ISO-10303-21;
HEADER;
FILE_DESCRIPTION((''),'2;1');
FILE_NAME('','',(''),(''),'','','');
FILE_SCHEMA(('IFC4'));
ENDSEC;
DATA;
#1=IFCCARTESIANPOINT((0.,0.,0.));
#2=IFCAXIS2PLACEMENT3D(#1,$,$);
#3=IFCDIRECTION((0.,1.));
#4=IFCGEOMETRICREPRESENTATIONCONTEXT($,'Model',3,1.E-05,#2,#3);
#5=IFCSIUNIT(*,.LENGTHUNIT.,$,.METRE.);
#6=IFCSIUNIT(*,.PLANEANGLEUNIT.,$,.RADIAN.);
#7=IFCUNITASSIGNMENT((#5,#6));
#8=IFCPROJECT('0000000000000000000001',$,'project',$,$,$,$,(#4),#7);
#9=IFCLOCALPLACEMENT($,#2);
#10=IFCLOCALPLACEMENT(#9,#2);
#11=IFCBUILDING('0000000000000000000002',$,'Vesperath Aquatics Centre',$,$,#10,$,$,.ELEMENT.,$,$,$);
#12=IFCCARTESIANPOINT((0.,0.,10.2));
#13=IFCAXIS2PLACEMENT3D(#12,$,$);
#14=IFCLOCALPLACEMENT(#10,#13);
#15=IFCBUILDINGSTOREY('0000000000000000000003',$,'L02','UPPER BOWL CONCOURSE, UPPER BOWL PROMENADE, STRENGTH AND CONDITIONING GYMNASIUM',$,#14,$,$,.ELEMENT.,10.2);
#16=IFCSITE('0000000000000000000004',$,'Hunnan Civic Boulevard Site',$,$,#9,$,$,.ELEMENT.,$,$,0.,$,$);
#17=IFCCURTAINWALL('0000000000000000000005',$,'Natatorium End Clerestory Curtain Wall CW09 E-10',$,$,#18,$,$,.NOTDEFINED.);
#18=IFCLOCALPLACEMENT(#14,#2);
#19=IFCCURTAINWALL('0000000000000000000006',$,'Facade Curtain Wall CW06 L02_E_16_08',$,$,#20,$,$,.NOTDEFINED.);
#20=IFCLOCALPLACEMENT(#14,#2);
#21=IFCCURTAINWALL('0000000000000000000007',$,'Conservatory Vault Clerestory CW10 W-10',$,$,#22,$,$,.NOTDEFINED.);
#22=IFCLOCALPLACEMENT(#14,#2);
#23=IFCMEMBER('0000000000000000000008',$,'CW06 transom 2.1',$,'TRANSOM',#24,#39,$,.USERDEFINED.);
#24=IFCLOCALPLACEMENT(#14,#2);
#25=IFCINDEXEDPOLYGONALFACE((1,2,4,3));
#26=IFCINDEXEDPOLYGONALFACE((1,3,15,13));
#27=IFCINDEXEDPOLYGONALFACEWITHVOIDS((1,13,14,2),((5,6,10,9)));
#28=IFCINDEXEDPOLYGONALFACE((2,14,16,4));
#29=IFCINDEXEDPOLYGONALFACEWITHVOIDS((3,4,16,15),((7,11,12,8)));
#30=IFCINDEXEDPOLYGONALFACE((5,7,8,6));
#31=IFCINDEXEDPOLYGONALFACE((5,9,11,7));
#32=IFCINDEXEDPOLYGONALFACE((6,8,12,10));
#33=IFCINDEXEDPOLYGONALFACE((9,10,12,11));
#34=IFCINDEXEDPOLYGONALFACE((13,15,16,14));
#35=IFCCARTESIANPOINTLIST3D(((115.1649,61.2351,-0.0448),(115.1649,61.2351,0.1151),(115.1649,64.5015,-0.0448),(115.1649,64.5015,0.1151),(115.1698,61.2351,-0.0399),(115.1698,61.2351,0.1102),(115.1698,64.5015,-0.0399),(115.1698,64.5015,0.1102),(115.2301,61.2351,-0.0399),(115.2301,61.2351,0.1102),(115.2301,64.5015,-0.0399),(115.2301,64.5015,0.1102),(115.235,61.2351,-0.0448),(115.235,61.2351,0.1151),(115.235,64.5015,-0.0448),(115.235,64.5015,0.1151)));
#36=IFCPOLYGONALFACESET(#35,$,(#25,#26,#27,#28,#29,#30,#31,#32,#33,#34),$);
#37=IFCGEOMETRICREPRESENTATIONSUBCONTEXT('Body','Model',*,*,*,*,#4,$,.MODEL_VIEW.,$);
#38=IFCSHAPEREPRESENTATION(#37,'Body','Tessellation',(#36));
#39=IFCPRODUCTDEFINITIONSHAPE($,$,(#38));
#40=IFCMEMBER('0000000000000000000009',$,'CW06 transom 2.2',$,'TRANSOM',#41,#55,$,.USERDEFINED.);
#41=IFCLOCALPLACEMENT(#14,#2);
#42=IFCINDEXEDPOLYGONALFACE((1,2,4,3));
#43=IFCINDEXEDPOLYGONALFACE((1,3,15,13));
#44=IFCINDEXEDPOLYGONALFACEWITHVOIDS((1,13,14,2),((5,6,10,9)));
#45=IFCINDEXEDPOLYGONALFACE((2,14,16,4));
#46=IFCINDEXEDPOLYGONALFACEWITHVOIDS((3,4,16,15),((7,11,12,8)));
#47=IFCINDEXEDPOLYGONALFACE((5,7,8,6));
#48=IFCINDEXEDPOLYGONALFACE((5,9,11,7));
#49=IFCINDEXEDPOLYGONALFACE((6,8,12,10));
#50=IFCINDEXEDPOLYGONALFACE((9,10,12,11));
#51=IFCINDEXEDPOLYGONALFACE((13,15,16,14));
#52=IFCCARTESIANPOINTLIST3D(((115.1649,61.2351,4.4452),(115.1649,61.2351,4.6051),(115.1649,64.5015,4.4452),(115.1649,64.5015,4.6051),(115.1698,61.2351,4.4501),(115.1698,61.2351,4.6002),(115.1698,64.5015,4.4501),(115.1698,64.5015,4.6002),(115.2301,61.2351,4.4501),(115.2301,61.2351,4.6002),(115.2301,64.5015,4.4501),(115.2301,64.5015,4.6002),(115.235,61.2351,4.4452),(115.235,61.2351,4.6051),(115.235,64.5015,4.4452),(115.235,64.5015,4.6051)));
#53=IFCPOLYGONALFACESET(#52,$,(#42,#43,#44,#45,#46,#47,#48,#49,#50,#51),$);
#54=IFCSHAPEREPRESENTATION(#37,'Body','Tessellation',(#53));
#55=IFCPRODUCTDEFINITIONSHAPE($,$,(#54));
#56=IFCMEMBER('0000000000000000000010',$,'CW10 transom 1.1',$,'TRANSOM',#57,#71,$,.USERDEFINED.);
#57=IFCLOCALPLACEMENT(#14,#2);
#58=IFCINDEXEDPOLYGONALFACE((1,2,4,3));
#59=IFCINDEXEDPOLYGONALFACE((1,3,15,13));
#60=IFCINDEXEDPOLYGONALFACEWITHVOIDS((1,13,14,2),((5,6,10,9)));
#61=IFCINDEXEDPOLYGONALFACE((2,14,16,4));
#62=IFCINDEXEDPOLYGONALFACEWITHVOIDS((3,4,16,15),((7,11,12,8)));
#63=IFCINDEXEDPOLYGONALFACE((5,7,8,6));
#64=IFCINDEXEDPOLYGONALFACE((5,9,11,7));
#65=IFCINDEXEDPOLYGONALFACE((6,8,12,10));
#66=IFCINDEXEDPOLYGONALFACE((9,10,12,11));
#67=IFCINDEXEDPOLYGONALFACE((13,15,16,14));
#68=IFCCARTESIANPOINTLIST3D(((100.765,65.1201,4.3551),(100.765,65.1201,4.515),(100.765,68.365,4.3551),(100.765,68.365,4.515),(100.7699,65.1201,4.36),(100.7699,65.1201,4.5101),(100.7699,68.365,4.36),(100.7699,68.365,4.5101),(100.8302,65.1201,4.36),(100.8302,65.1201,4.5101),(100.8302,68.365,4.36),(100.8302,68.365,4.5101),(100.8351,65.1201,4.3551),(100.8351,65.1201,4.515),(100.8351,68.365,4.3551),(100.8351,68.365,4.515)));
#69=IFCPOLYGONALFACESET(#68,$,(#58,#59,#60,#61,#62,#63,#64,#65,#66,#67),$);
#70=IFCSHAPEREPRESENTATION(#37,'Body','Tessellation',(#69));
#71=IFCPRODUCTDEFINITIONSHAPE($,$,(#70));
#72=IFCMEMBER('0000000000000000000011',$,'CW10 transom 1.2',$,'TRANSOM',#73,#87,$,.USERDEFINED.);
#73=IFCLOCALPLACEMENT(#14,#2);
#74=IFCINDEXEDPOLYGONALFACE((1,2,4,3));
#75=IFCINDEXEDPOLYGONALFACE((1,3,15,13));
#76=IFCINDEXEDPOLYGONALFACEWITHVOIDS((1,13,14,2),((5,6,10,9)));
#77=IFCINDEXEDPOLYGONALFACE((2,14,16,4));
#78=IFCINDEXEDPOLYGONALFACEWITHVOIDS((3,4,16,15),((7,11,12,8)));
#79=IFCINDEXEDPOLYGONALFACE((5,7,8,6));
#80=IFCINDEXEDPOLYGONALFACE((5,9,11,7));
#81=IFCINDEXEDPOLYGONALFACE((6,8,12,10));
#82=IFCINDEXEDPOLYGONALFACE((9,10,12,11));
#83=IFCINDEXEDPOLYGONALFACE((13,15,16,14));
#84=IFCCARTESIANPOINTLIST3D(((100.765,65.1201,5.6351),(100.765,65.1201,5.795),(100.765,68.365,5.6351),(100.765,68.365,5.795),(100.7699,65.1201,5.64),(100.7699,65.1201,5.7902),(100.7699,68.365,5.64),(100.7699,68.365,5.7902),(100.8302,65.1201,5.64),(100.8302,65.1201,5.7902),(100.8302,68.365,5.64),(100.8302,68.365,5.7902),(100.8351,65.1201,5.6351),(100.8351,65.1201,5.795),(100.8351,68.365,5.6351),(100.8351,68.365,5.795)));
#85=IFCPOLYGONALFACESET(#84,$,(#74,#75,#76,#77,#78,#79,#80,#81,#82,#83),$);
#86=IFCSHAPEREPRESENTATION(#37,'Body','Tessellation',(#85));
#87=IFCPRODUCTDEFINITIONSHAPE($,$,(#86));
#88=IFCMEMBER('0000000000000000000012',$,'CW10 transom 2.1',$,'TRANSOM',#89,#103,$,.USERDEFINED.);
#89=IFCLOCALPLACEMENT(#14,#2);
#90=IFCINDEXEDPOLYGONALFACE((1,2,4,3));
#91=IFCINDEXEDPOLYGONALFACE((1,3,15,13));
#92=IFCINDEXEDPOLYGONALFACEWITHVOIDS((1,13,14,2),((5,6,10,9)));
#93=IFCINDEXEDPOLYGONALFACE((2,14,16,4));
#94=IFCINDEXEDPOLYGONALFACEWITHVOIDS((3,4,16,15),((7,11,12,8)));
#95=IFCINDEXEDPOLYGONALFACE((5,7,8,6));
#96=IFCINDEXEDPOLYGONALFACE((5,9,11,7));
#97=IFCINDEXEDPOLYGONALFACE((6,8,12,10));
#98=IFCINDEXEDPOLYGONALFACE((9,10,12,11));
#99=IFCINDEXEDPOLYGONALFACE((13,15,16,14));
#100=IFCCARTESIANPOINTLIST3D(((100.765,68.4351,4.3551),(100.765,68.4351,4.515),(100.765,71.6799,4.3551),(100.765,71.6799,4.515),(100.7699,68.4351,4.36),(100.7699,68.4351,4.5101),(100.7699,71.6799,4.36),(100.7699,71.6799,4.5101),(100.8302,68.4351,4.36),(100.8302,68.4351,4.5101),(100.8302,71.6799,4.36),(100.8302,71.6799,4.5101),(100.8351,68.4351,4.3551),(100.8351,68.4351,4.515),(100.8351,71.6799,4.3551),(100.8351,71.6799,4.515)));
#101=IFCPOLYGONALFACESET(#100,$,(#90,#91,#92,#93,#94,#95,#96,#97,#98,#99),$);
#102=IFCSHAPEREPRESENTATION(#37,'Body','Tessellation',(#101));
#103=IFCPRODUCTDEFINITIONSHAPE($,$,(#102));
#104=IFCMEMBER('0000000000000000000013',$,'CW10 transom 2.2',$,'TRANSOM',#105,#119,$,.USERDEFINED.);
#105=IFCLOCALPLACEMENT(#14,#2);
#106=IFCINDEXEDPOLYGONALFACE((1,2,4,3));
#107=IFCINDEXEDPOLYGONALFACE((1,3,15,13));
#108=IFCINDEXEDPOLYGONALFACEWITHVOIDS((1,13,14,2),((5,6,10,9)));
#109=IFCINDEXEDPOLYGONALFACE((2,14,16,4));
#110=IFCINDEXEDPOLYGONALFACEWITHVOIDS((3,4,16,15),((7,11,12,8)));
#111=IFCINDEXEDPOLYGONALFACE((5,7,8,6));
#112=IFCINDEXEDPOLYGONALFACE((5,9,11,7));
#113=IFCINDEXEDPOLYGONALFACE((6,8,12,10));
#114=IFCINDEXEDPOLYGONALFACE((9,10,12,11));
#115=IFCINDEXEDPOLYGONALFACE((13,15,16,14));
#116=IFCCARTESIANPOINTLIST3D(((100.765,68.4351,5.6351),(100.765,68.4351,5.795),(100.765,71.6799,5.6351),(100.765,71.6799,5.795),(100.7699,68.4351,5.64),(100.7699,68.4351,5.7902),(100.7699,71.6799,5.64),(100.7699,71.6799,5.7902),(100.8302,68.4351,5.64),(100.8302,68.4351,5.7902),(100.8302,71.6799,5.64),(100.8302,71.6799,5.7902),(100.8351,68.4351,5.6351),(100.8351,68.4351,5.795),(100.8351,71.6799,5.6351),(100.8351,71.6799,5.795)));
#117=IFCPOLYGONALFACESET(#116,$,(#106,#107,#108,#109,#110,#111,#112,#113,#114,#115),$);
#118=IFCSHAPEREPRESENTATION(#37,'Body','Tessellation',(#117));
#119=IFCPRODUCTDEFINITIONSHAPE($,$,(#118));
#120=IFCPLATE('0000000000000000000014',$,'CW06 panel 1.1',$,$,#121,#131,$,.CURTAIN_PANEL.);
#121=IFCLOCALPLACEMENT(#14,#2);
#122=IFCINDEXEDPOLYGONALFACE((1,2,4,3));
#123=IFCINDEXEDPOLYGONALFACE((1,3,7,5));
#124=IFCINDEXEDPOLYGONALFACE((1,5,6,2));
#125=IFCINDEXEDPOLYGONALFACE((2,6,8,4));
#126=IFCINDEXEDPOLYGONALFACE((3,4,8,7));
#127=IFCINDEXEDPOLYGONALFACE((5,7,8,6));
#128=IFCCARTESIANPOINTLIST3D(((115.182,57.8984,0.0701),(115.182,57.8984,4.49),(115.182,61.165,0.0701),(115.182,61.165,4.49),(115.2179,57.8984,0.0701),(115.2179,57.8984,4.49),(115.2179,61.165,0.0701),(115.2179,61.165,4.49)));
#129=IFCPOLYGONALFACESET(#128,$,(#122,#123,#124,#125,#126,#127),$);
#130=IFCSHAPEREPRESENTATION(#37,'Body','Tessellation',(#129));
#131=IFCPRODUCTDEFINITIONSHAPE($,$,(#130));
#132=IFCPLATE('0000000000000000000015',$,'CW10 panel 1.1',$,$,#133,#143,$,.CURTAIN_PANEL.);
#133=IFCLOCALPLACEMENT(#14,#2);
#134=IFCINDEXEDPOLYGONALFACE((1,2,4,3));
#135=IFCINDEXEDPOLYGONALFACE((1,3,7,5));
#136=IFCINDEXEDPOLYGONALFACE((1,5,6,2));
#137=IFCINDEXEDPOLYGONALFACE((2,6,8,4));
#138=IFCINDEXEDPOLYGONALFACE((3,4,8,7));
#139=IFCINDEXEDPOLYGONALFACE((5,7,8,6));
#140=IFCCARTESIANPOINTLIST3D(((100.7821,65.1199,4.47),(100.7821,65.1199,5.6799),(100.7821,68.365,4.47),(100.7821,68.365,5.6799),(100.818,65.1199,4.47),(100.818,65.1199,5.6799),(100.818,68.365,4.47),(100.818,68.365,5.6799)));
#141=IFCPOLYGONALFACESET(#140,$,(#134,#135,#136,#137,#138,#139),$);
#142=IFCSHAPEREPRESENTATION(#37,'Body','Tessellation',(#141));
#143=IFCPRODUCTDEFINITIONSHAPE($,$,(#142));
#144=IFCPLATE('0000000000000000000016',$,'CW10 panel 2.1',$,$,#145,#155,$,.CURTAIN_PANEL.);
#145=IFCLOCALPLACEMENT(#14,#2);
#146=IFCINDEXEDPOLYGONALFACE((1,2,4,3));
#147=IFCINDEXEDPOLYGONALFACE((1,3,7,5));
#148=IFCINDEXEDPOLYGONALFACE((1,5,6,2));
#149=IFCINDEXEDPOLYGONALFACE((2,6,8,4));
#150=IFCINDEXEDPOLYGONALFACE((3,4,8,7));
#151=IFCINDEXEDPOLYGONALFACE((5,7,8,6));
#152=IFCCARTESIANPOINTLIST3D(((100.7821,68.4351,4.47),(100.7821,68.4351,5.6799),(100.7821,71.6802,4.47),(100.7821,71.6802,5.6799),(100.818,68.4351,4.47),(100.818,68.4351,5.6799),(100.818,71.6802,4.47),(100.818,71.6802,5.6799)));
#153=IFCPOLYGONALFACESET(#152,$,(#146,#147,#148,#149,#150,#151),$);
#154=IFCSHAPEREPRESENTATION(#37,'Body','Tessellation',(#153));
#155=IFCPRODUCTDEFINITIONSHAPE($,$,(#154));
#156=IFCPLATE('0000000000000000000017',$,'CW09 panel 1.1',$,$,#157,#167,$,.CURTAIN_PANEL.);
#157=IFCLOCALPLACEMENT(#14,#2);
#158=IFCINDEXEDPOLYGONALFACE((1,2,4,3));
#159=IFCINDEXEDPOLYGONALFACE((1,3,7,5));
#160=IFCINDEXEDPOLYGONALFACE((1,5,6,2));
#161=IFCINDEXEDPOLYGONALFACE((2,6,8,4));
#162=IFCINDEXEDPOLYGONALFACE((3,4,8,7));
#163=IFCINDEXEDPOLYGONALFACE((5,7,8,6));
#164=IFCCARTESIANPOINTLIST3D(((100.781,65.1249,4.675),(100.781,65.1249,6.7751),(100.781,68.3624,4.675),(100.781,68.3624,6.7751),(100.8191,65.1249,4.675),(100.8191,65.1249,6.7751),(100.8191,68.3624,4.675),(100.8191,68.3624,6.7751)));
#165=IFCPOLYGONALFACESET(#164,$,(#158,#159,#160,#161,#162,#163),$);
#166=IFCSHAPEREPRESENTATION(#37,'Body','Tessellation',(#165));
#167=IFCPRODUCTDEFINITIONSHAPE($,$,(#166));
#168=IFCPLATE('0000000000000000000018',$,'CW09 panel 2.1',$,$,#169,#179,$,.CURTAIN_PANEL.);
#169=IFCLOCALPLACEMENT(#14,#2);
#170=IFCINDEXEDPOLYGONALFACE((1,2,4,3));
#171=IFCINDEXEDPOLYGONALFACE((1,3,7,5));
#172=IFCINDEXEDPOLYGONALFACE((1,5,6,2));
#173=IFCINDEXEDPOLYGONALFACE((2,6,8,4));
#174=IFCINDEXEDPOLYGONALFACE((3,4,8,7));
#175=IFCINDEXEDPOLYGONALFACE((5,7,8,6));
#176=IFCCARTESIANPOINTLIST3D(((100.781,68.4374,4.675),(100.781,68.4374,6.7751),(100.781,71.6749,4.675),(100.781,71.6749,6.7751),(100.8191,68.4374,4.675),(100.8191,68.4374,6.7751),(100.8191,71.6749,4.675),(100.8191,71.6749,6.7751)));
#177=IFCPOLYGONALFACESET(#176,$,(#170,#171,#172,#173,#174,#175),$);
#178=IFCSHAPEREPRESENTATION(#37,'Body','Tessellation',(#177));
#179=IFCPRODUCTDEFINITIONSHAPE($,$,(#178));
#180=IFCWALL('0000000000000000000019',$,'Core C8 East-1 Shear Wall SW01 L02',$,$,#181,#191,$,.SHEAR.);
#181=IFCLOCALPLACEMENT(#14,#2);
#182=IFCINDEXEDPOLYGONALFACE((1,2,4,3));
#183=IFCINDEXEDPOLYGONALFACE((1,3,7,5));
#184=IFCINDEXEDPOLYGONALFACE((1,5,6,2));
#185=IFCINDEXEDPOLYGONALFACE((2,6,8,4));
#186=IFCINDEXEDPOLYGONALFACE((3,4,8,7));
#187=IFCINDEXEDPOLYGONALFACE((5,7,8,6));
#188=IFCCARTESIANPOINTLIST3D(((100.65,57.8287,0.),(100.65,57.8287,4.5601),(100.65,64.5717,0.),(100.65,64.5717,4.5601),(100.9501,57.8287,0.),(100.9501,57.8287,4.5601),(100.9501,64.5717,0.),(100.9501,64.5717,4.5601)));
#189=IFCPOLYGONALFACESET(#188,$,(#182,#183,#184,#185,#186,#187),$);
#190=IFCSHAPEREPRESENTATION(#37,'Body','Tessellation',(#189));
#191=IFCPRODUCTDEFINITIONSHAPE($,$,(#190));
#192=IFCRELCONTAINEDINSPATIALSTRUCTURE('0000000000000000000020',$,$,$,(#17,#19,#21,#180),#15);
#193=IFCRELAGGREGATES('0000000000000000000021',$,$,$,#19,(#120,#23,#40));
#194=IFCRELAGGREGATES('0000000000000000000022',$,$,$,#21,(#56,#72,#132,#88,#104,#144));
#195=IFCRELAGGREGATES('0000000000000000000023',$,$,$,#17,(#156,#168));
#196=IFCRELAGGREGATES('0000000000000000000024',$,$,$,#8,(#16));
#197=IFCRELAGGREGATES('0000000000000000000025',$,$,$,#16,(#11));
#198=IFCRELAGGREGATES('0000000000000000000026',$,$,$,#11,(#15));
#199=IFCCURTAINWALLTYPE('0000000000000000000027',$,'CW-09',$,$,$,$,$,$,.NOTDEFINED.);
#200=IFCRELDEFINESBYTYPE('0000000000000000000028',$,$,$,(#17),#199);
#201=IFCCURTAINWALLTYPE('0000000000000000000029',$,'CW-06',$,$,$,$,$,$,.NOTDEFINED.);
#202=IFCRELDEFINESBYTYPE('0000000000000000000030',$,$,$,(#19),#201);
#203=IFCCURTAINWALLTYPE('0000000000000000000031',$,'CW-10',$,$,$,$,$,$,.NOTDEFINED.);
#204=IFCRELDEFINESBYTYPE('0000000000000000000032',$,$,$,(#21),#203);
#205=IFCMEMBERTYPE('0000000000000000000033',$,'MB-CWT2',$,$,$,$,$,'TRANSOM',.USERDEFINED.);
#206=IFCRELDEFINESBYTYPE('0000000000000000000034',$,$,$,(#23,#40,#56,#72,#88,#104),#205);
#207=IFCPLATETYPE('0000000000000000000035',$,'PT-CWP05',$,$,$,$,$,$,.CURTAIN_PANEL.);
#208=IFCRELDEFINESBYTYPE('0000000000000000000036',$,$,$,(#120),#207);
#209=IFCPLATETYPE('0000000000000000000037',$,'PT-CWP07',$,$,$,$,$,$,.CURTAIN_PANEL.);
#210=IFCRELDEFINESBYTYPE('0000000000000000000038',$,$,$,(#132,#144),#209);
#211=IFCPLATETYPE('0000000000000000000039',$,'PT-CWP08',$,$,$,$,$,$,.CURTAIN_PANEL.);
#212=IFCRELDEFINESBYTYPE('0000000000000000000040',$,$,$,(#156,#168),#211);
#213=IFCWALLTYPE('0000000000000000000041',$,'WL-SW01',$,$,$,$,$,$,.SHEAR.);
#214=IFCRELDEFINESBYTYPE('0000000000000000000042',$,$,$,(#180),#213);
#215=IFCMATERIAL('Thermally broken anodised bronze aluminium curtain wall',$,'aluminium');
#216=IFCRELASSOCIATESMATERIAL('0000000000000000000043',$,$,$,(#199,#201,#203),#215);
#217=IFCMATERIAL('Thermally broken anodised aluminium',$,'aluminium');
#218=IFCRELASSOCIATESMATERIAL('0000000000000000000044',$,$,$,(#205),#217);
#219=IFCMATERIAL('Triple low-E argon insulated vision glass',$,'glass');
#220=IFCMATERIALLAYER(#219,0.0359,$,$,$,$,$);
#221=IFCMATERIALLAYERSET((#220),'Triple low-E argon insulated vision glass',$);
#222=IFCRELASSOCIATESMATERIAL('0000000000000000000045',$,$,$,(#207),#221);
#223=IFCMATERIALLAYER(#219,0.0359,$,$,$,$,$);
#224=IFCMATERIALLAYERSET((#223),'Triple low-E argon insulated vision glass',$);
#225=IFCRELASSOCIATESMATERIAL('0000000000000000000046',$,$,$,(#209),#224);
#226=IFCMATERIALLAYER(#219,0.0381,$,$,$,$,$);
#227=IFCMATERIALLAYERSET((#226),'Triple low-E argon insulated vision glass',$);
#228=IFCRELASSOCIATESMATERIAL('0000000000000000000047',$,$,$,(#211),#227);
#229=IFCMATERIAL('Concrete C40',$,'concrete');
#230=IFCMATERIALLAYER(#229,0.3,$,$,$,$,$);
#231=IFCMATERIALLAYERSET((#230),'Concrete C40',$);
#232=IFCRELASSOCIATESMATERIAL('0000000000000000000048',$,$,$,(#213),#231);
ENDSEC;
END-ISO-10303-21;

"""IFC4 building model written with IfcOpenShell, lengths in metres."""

from ifc_helpers import new_model, si_unit, direction, frame, frame_2d, origin, origin_2d, place, context, subcontext, project, spatial, rectangle, hollow_rectangle, extrude, material, layer, layer_set, material_profile, profile_set, type_object, element, aggregate, save


model = new_model("IFC4")

# Units and contexts
model_context = context("Model", 3, precision=1e-05, world=origin(), true_north=direction((0.0, 1.0)))
body_context = subcontext(model_context, "Body", "Model", "MODEL_VIEW")
ifc_project = project(units=[si_unit("LENGTHUNIT", "METRE"), si_unit("PLANEANGLEUNIT", "RADIAN")], contexts=[model_context])

# Site, building, storey
site_placement = place(None, origin())
site = spatial("IfcSite", under=ifc_project, at=site_placement, Name="Hunnan Civic Boulevard Site", CompositionType="ELEMENT", RefElevation=0.0)
building_placement = place(site_placement, origin())
building = spatial("IfcBuilding", under=site, at=building_placement, Name="Vesperath Aquatics Centre", CompositionType="ELEMENT")
storey_placement = place(building_placement, frame((0.0, 0.0, 10.2)))
storey = spatial("IfcBuildingStorey", under=building, at=storey_placement, Name="L02", Description="UPPER BOWL CONCOURSE, UPPER BOWL PROMENADE, STRENGTH AND CONDITIONING GYMNASIUM", CompositionType="ELEMENT", Elevation=10.2)

# Curtain wall
ifc_material_1 = material(Name="Thermally broken anodised bronze aluminium curtain wall", Category="aluminium")
curtain_wall_type_1 = type_object("IfcCurtainWallType", Name="CW-09", PredefinedType="NOTDEFINED", material=ifc_material_1)
curtain_wall_1_placement = place(storey_placement, origin())
curtain_wall_1 = element("IfcCurtainWall", 1, at=curtain_wall_1_placement, inside=storey, type_object=curtain_wall_type_1, Name="Natatorium End Clerestory Curtain Wall CW09 E-10", PredefinedType="NOTDEFINED")
ifc_material_2 = material(Name="Thermally broken anodised aluminium", Category="aluminium")

# Shared definitions
curtain_wall_type_2 = type_object("IfcCurtainWallType", Name="CW-06", PredefinedType="NOTDEFINED", material=ifc_material_1)

# Curtain walls
curtain_wall_2_placement = place(storey_placement, origin())
curtain_wall_2 = element("IfcCurtainWall", 2, at=curtain_wall_2_placement, inside=storey, type_object=curtain_wall_type_2, Name="Facade Curtain Wall CW06 L02_E_16_08", PredefinedType="NOTDEFINED")
curtain_wall_type_3 = type_object("IfcCurtainWallType", Name="CW-10", PredefinedType="NOTDEFINED", material=ifc_material_1)
curtain_wall_3_placement = place(storey_placement, origin())
curtain_wall_3 = element("IfcCurtainWall", 3, at=curtain_wall_3_placement, inside=storey, type_object=curtain_wall_type_3, Name="Conservatory Vault Clerestory CW10 W-10", PredefinedType="NOTDEFINED")

# Members
ifc_material_profile_1 = material_profile(ifc_material_2, hollow_rectangle(XDim=0.0701, YDim=0.1599, WallThickness=0.0049, at=origin_2d()), Name="CWT 70x160x5")
ifc_profile_set_1 = profile_set([ifc_material_profile_1], Name="Thermally broken anodised aluminium")
member_type_1 = type_object("IfcMemberType", Name="MB-CWT2", ElementType="TRANSOM", PredefinedType="USERDEFINED", material=ifc_profile_set_1)
member_1_placement = place(storey_placement, frame((115.2, 61.2351, 0.0352), z_axis=(0.0, 1.0, 0.0), x_axis=(-1.0, 0.0, 0.0)))
member_1 = element("IfcMember", 4, at=member_1_placement, type_object=member_type_1, Name="CW06 transom 2.1", ObjectType="TRANSOM", PredefinedType="USERDEFINED", context=body_context, shape_type="SweptSolid", body=[
    extrude(hollow_rectangle(XDim=0.0701, YDim=0.1599, WallThickness=0.0049, at=origin_2d()), origin(), (0.0, 0.0, 1.0), 3.2664),
])
member_2_placement = place(storey_placement, frame((115.2, 61.2351, 4.5251), z_axis=(0.0, 1.0, 0.0), x_axis=(-1.0, 0.0, 0.0)))
member_2 = element("IfcMember", 5, at=member_2_placement, type_object=member_type_1, Name="CW06 transom 2.2", ObjectType="TRANSOM", PredefinedType="USERDEFINED", context=body_context, shape_type="SweptSolid", body=[
    extrude(hollow_rectangle(XDim=0.0701, YDim=0.1599, WallThickness=0.0049, at=origin_2d()), origin(), (0.0, 0.0, 1.0), 3.2664),
])
member_3_placement = place(storey_placement, frame((100.8, 65.1201, 4.4351), z_axis=(0.0, 1.0, 0.0), x_axis=(-1.0, 0.0, 0.0)))
member_3 = element("IfcMember", 6, at=member_3_placement, type_object=member_type_1, Name="CW10 transom 1.1", ObjectType="TRANSOM", PredefinedType="USERDEFINED", context=body_context, shape_type="SweptSolid", body=[
    extrude(hollow_rectangle(XDim=0.0701, YDim=0.1599, WallThickness=0.0049, at=origin_2d()), origin(), (0.0, 0.0, 1.0), 3.2449),
])
member_4_placement = place(storey_placement, frame((100.8, 65.1201, 5.7151), z_axis=(0.0, 1.0, 0.0), x_axis=(-1.0, 0.0, 0.0)))
member_4 = element("IfcMember", 7, at=member_4_placement, type_object=member_type_1, Name="CW10 transom 1.2", ObjectType="TRANSOM", PredefinedType="USERDEFINED", context=body_context, shape_type="SweptSolid", body=[
    extrude(hollow_rectangle(XDim=0.0701, YDim=0.1599, WallThickness=0.0049, at=origin_2d()), origin(), (0.0, 0.0, 1.0), 3.2449),
])
member_5_placement = place(storey_placement, frame((100.8, 68.4351, 4.4351), z_axis=(0.0, 1.0, 0.0), x_axis=(-1.0, 0.0, 0.0)))
member_5 = element("IfcMember", 8, at=member_5_placement, type_object=member_type_1, Name="CW10 transom 2.1", ObjectType="TRANSOM", PredefinedType="USERDEFINED", context=body_context, shape_type="SweptSolid", body=[
    extrude(hollow_rectangle(XDim=0.0701, YDim=0.1599, WallThickness=0.0049, at=origin_2d()), origin(), (0.0, 0.0, 1.0), 3.2449),
])
member_6_placement = place(storey_placement, frame((100.8, 68.4351, 5.7151), z_axis=(0.0, 1.0, 0.0), x_axis=(-1.0, 0.0, 0.0)))
member_6 = element("IfcMember", 9, at=member_6_placement, type_object=member_type_1, Name="CW10 transom 2.2", ObjectType="TRANSOM", PredefinedType="USERDEFINED", context=body_context, shape_type="SweptSolid", body=[
    extrude(hollow_rectangle(XDim=0.0701, YDim=0.1599, WallThickness=0.0049, at=origin_2d()), origin(), (0.0, 0.0, 1.0), 3.2449),
])

# Plates
ifc_material_3 = material(Name="Triple low-E argon insulated vision glass", Category="glass")
ifc_layer_1 = layer(ifc_material_3, 0.0359)
ifc_layer_set_1 = layer_set([ifc_layer_1], Name="Triple low-E argon insulated vision glass")
plate_type_1 = type_object("IfcPlateType", Name="PT-CWP05", PredefinedType="CURTAIN_PANEL", material=ifc_layer_set_1)
plate_1_placement = place(storey_placement, frame((115.2, 59.5317, 0.0701), z_axis=(0.0, 0.0, 1.0), x_axis=(0.0, 1.0, 0.0)))
plate_1 = element("IfcPlate", 10, at=plate_1_placement, type_object=plate_type_1, Name="CW06 panel 1.1", PredefinedType="CURTAIN_PANEL", context=body_context, shape_type="SweptSolid", body=[
    extrude(rectangle(XDim=3.2666, YDim=0.0359, at=origin_2d()), origin(), (0.0, 0.0, 1.0), 4.4199),
])
aggregate(curtain_wall_2, [plate_1, member_1, member_2])
ifc_layer_2 = layer(ifc_material_3, 0.0359)
ifc_layer_set_2 = layer_set([ifc_layer_2], Name="Triple low-E argon insulated vision glass")
plate_type_2 = type_object("IfcPlateType", Name="PT-CWP07", PredefinedType="CURTAIN_PANEL", material=ifc_layer_set_2)
plate_2_placement = place(storey_placement, frame((100.8, 66.7424, 4.47), z_axis=(0.0, 0.0, 1.0), x_axis=(0.0, 1.0, 0.0)))
plate_2 = element("IfcPlate", 11, at=plate_2_placement, type_object=plate_type_2, Name="CW10 panel 1.1", PredefinedType="CURTAIN_PANEL", context=body_context, shape_type="SweptSolid", body=[
    extrude(rectangle(XDim=3.2451, YDim=0.0359, at=origin_2d()), origin(), (0.0, 0.0, 1.0), 1.21),
])
plate_3_placement = place(storey_placement, frame((100.8, 70.0576, 4.47), z_axis=(0.0, 0.0, 1.0), x_axis=(0.0, 1.0, 0.0)))
plate_3 = element("IfcPlate", 12, at=plate_3_placement, type_object=plate_type_2, Name="CW10 panel 2.1", PredefinedType="CURTAIN_PANEL", context=body_context, shape_type="SweptSolid", body=[
    extrude(rectangle(XDim=3.2451, YDim=0.0359, at=origin_2d()), origin(), (0.0, 0.0, 1.0), 1.21),
])
aggregate(curtain_wall_3, [member_3, member_4, plate_2, member_5, member_6, plate_3])
ifc_layer_3 = layer(ifc_material_3, 0.0381)
ifc_layer_set_3 = layer_set([ifc_layer_3], Name="Triple low-E argon insulated vision glass")
plate_type_3 = type_object("IfcPlateType", Name="PT-CWP08", PredefinedType="CURTAIN_PANEL", material=ifc_layer_set_3)
plate_4_placement = place(storey_placement, frame((100.8, 66.7437, 4.675), z_axis=(0.0, 0.0, 1.0), x_axis=(0.0, 1.0, 0.0)))
plate_4 = element("IfcPlate", 13, at=plate_4_placement, type_object=plate_type_3, Name="CW09 panel 1.1", PredefinedType="CURTAIN_PANEL", context=body_context, shape_type="SweptSolid", body=[
    extrude(rectangle(XDim=3.2375, YDim=0.0381, at=origin_2d()), origin(), (0.0, 0.0, 1.0), 2.1001),
])
plate_5_placement = place(storey_placement, frame((100.8, 70.0562, 4.675), z_axis=(0.0, 0.0, 1.0), x_axis=(0.0, 1.0, 0.0)))
plate_5 = element("IfcPlate", 14, at=plate_5_placement, type_object=plate_type_3, Name="CW09 panel 2.1", PredefinedType="CURTAIN_PANEL", context=body_context, shape_type="SweptSolid", body=[
    extrude(rectangle(XDim=3.2375, YDim=0.0381, at=origin_2d()), origin(), (0.0, 0.0, 1.0), 2.1001),
])
aggregate(curtain_wall_1, [plate_4, plate_5])

# Wall
ifc_material_4 = material(Name="Concrete C40", Category="concrete")
ifc_layer_4 = layer(ifc_material_4, 0.3)
ifc_layer_set_4 = layer_set([ifc_layer_4], Name="Concrete C40")
wall_type = type_object("IfcWallType", Name="WL-SW01", PredefinedType="SHEAR", material=ifc_layer_set_4)
wall_1_placement = place(storey_placement, frame((100.8, 57.8286, 0.0), z_axis=(0.0, 0.0, 1.0), x_axis=(0.0, 1.0, 0.0)))
element("IfcWall", 15, at=wall_1_placement, inside=storey, type_object=wall_type, Name="Core C8 East-1 Shear Wall SW01 L02", PredefinedType="SHEAR", context=body_context, shape_type="SweptSolid", body=[
    extrude(rectangle(XDim=6.7429, YDim=0.3, at=frame_2d((3.3716, 0.0))), origin(), (0.0, 0.0, 1.0), 4.5601),
])

save(model, "model.ifc")
